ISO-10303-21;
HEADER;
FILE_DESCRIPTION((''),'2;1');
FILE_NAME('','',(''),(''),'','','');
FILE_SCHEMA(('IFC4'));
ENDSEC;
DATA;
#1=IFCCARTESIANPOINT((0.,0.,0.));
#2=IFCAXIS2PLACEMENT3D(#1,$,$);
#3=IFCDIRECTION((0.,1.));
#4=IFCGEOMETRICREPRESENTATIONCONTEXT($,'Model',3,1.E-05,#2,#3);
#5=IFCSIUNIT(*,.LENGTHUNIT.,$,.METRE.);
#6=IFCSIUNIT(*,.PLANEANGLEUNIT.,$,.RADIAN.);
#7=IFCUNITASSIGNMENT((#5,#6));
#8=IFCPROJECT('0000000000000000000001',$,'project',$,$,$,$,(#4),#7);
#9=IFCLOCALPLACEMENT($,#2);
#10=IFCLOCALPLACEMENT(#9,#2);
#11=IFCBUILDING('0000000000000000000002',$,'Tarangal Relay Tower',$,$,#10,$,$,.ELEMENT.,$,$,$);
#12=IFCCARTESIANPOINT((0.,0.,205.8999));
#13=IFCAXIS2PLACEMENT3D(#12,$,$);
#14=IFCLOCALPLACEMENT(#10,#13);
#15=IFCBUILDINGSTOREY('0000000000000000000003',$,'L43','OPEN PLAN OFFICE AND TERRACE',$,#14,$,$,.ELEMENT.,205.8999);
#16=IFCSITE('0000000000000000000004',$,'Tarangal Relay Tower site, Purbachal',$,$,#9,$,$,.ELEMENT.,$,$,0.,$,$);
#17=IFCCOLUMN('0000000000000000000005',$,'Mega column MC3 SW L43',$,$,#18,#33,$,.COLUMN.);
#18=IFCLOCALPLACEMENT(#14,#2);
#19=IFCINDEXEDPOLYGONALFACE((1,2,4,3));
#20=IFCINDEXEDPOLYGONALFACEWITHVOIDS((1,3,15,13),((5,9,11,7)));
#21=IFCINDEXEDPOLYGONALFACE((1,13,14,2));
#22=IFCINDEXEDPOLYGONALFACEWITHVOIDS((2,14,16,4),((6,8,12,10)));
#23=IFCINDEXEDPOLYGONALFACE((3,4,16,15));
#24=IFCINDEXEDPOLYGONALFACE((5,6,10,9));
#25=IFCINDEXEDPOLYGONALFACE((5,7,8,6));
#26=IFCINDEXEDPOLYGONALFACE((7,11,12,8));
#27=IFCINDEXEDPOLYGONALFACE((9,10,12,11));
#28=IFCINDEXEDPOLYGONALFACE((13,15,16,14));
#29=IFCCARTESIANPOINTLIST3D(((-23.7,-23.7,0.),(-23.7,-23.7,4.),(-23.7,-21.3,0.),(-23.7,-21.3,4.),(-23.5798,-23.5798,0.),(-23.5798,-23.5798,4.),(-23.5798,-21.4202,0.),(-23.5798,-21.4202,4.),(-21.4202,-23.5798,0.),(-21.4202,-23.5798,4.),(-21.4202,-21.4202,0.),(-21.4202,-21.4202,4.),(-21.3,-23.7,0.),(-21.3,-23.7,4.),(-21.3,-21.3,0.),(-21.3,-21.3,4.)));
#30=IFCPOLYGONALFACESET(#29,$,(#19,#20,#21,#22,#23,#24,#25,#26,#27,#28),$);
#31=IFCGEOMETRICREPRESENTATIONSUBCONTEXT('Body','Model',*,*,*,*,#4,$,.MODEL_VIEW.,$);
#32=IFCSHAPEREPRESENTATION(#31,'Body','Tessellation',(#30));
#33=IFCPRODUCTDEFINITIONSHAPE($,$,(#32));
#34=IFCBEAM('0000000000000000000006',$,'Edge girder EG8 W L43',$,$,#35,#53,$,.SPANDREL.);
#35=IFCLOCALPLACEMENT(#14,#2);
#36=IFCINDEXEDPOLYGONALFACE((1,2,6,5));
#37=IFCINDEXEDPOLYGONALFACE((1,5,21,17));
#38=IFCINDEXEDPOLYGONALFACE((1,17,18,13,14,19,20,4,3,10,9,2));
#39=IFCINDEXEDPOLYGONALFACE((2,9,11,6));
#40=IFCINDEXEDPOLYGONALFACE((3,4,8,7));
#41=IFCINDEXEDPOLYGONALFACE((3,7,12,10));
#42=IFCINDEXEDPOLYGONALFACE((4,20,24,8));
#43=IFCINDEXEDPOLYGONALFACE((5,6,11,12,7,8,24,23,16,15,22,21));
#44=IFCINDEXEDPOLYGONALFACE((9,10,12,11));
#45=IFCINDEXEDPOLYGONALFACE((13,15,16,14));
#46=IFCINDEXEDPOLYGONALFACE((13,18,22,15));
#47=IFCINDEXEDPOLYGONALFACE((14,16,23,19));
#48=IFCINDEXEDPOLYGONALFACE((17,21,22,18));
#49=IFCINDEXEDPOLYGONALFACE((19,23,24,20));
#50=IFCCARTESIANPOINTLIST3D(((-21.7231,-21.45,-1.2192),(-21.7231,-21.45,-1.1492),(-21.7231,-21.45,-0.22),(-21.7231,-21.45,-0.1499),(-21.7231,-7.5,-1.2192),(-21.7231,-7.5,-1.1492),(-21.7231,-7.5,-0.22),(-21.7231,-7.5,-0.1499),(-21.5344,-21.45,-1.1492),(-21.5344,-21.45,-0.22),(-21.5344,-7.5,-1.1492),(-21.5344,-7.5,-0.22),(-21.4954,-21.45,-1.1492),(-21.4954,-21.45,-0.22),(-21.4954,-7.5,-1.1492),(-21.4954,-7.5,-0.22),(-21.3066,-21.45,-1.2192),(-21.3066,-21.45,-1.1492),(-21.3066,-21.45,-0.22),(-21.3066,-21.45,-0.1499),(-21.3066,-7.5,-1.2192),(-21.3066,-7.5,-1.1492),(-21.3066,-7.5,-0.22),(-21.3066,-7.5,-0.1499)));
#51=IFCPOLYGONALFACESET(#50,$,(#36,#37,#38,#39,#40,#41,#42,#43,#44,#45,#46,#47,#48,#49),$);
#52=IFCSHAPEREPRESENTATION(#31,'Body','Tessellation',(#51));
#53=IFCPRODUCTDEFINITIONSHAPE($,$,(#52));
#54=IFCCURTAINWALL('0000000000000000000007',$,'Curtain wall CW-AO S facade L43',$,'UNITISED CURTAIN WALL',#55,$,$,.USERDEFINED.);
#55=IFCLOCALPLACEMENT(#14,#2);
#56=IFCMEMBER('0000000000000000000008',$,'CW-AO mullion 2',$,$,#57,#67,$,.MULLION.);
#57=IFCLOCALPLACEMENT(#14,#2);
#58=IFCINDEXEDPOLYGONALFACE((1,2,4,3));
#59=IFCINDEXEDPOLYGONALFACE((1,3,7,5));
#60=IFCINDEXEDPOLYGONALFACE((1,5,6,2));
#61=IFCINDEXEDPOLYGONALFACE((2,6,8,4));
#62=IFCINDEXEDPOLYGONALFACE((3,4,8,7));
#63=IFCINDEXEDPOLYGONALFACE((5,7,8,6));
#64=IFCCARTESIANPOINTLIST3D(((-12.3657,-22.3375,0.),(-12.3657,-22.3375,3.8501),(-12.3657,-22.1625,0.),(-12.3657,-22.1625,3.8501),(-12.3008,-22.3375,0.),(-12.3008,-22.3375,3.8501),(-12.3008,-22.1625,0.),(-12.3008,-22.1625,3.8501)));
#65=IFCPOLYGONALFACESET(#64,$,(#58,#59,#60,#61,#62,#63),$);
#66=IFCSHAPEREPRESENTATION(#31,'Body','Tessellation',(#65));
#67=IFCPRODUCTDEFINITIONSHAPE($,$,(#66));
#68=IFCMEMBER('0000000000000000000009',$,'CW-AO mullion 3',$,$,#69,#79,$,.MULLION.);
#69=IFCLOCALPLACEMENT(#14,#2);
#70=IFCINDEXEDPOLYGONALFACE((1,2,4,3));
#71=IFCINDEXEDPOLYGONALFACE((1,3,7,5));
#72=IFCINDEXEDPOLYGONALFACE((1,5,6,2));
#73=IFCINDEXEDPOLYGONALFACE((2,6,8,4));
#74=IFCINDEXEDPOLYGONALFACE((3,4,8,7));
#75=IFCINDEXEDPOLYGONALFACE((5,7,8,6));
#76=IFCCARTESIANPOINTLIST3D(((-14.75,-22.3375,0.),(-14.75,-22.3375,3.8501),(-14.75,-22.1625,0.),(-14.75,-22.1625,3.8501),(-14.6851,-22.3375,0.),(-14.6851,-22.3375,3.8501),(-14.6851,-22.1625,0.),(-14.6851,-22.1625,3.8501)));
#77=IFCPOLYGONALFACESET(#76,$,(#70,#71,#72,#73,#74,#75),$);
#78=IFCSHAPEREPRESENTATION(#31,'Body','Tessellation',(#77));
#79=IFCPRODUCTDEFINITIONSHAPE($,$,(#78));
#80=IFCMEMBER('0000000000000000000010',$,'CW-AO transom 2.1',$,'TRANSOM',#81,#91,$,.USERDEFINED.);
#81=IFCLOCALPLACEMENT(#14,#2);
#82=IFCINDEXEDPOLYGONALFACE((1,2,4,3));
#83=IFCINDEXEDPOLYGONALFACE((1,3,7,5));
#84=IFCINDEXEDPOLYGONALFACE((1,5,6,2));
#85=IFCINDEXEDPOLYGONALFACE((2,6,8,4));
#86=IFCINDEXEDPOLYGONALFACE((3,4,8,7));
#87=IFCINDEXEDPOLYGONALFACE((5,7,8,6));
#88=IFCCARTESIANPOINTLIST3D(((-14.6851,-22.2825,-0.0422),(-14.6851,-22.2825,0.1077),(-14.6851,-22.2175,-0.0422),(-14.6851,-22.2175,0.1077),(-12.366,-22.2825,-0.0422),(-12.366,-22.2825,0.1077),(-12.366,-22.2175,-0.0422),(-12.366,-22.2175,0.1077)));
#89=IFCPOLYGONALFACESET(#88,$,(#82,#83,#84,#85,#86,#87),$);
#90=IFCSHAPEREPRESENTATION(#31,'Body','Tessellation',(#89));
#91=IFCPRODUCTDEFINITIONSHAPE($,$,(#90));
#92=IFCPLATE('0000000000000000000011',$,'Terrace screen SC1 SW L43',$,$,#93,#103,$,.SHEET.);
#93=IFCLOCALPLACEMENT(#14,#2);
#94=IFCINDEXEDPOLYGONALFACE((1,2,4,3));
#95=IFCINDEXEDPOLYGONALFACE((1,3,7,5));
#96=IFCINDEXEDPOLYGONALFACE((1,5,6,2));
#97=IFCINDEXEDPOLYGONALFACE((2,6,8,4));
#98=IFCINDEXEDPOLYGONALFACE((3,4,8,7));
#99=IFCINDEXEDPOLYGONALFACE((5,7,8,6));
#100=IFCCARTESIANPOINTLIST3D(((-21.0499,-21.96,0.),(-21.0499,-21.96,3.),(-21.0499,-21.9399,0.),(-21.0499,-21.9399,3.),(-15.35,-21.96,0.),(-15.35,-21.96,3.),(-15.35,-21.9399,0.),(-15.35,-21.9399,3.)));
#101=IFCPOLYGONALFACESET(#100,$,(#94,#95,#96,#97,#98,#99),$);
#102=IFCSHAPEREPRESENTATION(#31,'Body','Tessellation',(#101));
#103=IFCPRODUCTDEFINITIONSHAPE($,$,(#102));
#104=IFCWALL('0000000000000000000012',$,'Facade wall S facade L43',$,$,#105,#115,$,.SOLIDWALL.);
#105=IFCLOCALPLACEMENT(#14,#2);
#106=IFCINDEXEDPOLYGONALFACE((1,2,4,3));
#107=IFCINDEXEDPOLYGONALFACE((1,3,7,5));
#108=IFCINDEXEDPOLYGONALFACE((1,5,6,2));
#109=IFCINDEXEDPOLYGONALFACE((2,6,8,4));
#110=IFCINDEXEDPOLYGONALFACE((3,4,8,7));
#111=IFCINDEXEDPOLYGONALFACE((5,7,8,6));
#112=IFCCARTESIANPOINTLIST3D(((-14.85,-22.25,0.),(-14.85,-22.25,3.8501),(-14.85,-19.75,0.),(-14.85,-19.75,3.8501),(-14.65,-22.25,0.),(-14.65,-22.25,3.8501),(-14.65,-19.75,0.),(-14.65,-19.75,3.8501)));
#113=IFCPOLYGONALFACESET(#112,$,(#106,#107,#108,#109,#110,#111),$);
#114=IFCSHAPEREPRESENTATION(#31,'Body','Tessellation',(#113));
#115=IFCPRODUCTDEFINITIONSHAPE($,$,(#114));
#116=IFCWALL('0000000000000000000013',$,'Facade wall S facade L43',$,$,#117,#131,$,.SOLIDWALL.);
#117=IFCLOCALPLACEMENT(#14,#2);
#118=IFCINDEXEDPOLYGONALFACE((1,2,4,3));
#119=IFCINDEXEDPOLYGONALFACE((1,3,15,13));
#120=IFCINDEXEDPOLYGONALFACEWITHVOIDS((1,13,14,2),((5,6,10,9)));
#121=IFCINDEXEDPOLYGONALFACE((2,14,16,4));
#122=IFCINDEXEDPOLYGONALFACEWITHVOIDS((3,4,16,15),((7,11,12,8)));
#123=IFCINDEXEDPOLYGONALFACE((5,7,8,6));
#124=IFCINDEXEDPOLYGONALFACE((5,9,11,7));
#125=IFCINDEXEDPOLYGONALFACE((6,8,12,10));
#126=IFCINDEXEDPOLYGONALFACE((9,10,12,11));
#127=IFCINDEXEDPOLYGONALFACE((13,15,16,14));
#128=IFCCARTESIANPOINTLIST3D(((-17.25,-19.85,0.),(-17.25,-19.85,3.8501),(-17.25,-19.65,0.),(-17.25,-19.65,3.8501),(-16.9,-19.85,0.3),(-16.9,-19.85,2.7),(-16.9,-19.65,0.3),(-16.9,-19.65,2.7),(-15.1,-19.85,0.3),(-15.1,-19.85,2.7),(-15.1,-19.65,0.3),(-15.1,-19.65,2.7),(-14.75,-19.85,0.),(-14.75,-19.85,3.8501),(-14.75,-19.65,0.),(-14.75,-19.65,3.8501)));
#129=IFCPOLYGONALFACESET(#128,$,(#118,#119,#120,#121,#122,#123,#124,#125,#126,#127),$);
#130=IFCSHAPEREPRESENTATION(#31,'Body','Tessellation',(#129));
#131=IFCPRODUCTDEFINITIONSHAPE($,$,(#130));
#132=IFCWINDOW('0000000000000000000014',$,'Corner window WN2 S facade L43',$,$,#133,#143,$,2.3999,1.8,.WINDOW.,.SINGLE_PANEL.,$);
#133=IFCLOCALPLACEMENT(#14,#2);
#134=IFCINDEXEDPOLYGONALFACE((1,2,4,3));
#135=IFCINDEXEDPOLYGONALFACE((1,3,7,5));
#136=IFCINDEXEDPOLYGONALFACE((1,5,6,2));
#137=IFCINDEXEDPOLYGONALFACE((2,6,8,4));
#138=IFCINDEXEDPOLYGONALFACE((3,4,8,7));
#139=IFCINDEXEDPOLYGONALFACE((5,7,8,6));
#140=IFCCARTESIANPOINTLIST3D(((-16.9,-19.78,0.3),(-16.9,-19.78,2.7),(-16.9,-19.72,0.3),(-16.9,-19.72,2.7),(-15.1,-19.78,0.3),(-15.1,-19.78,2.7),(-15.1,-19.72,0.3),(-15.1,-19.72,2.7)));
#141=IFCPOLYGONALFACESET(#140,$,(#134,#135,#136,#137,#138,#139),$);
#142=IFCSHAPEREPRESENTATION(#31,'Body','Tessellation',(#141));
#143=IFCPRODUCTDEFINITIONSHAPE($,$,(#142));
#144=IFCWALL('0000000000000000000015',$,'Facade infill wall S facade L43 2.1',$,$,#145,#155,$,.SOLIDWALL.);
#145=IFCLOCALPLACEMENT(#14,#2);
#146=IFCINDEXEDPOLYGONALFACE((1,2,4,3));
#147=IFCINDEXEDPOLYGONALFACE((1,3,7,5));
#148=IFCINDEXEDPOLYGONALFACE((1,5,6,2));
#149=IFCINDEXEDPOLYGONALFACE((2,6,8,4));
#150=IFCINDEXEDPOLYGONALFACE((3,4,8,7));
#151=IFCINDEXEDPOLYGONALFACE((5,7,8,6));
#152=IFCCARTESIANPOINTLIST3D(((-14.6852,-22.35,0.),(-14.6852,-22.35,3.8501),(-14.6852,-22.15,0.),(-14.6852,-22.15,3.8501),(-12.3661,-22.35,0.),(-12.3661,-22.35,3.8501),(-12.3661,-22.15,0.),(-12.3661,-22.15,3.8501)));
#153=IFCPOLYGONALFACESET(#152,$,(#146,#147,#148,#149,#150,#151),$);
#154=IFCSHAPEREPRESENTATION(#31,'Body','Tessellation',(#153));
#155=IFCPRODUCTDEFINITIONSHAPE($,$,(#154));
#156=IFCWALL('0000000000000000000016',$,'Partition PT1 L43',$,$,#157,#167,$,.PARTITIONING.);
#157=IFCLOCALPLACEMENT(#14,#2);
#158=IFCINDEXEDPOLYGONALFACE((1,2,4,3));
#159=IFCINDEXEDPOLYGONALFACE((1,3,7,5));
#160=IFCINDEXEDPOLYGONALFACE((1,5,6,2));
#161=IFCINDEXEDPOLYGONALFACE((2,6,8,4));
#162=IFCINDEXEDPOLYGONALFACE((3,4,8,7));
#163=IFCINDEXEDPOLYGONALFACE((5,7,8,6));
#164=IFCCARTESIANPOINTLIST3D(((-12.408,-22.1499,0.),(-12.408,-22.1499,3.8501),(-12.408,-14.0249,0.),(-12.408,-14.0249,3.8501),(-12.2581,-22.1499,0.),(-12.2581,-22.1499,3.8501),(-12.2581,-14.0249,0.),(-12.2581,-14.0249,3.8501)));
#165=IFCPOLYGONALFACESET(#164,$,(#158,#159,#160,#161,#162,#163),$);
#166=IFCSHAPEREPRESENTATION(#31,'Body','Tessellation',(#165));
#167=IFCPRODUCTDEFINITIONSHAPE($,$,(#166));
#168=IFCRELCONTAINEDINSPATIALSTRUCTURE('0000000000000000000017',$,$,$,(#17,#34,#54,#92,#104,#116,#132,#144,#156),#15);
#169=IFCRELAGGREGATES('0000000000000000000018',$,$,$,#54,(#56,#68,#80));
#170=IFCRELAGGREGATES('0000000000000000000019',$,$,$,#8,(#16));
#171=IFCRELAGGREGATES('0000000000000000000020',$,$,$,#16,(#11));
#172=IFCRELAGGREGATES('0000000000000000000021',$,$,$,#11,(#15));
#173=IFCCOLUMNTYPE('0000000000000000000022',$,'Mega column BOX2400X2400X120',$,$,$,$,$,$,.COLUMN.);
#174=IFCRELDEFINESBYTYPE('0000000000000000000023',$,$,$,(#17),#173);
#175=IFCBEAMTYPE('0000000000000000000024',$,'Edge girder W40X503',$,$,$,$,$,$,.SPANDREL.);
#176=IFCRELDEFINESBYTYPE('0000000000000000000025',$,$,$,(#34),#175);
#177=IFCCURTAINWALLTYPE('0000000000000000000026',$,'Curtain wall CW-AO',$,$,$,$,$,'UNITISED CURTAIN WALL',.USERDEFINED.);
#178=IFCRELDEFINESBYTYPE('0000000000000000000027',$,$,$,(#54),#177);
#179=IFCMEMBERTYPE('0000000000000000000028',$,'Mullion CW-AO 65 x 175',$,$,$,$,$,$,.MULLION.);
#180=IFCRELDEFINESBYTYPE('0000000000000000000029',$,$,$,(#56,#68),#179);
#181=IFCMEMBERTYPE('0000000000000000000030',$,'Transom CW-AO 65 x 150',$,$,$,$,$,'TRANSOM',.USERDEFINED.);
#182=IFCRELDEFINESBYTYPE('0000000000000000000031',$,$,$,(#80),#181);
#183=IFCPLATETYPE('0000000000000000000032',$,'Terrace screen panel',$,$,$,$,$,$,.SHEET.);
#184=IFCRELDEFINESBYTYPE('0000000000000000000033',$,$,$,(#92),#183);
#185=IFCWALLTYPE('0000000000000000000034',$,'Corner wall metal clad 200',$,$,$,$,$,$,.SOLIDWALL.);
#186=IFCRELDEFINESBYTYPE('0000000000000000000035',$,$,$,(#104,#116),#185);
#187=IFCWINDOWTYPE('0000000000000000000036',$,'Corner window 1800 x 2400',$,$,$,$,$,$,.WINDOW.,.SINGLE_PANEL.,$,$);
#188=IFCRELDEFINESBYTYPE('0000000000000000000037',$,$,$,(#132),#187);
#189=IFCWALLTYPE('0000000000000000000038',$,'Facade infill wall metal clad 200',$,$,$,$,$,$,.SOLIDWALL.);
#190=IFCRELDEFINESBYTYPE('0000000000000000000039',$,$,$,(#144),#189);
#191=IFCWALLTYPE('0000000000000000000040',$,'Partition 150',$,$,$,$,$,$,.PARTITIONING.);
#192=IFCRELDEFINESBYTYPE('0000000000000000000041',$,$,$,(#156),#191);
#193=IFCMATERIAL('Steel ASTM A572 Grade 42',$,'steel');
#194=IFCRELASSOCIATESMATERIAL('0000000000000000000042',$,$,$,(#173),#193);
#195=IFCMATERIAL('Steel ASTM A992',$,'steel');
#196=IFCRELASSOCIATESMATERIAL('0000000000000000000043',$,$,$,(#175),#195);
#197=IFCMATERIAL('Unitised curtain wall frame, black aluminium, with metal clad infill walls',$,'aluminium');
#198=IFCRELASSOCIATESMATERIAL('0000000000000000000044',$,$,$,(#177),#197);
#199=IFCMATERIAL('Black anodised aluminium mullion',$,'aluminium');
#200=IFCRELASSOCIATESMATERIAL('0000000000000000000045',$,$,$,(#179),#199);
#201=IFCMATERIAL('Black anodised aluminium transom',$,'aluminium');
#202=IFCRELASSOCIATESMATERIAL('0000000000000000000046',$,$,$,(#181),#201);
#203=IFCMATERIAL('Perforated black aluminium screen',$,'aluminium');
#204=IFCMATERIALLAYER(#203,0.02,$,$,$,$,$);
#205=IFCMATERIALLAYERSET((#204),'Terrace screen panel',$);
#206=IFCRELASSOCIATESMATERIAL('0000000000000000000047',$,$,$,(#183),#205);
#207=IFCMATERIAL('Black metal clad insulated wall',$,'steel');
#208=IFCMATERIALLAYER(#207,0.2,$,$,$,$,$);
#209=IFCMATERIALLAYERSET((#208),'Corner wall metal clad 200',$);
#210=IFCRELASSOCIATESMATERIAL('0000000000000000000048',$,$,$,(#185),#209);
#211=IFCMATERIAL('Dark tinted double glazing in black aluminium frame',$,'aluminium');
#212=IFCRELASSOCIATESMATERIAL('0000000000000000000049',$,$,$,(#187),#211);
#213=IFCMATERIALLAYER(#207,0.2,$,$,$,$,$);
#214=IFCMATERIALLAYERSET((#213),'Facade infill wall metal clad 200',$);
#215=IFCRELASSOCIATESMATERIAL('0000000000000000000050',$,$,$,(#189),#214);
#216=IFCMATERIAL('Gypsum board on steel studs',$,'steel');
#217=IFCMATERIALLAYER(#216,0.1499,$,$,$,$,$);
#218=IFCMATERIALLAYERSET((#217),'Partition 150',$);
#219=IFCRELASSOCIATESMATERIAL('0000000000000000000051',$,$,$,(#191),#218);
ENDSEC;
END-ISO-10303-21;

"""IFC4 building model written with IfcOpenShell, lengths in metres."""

from ifc_helpers import new_model, si_unit, direction, frame, frame_2d, origin, origin_2d, place, context, subcontext, project, spatial, rectangle, hollow_rectangle, i_section, extrude, material, layer, layer_set, material_profile, profile_set, type_object, element, fill, aggregate, save


model = new_model("IFC4")

# Units and contexts
model_context = context("Model", 3, precision=1e-05, world=origin(), true_north=direction((0.0, 1.0)))
body_context = subcontext(model_context, "Body", "Model", "MODEL_VIEW")
ifc_project = project(units=[si_unit("LENGTHUNIT", "METRE"), si_unit("PLANEANGLEUNIT", "RADIAN")], contexts=[model_context])

# Site, building, storey
site_placement = place(None, origin())
site = spatial("IfcSite", under=ifc_project, at=site_placement, Name="Tarangal Relay Tower site, Purbachal", CompositionType="ELEMENT", RefElevation=0.0)
building_placement = place(site_placement, origin())
building = spatial("IfcBuilding", under=site, at=building_placement, Name="Tarangal Relay Tower", CompositionType="ELEMENT")
storey_placement = place(building_placement, frame((0.0, 0.0, 205.8999)))
storey = spatial("IfcBuildingStorey", under=building, at=storey_placement, Name="L43", Description="OPEN PLAN OFFICE AND TERRACE", CompositionType="ELEMENT", Elevation=205.8999)

# Column
ifc_material_1 = material(Name="Steel ASTM A572 Grade 42", Category="steel")
ifc_material_profile_1 = material_profile(ifc_material_1, hollow_rectangle(XDim=2.3999, YDim=2.3999, WallThickness=0.1201, at=origin_2d()), Name="BOX2400X2400X120")
ifc_profile_set_1 = profile_set([ifc_material_profile_1], Name="Steel ASTM A572 Grade 42")
column_type = type_object("IfcColumnType", Name="Mega column BOX2400X2400X120", PredefinedType="COLUMN", material=ifc_profile_set_1)
column_placement = place(storey_placement, frame((-22.5, -22.5, 0.0), z_axis=(0.0, 0.0, 1.0), x_axis=(1.0, 0.0, 0.0)))
element("IfcColumn", 1, at=column_placement, inside=storey, type_object=column_type, Name="Mega column MC3 SW L43", PredefinedType="COLUMN", context=body_context, shape_type="SweptSolid", body=[
    extrude(hollow_rectangle(XDim=2.3999, YDim=2.3999, WallThickness=0.1201, at=origin_2d()), origin(), (0.0, 0.0, 1.0), 4.0),
])

# Beam
ifc_material_2 = material(Name="Steel ASTM A992", Category="steel")
ifc_material_profile_2 = material_profile(ifc_material_2, i_section(OverallWidth=0.4165, OverallDepth=1.0693, WebThickness=0.0391, FlangeThickness=0.0701, at=origin_2d()), Name="W40X503")
ifc_profile_set_2 = profile_set([ifc_material_profile_2], Name="Steel ASTM A992")
beam_type = type_object("IfcBeamType", Name="Edge girder W40X503", PredefinedType="SPANDREL", material=ifc_profile_set_2)
beam_placement = place(storey_placement, frame((-21.5149, -21.45, -0.6846), z_axis=(0.0, 1.0, 0.0), x_axis=(-1.0, 0.0, 0.0)))
element("IfcBeam", 2, at=beam_placement, inside=storey, type_object=beam_type, Name="Edge girder EG8 W L43", PredefinedType="SPANDREL", context=body_context, shape_type="SweptSolid", body=[
    extrude(i_section(OverallWidth=0.4165, OverallDepth=1.0693, WebThickness=0.0391, FlangeThickness=0.0701, at=origin_2d()), origin(), (0.0, 0.0, 1.0), 13.95),
])

# Curtain wall, members
ifc_material_3 = material(Name="Unitised curtain wall frame, black aluminium, with metal clad infill walls", Category="aluminium")
curtain_wall_type = type_object("IfcCurtainWallType", Name="Curtain wall CW-AO", ElementType="UNITISED CURTAIN WALL", PredefinedType="USERDEFINED", material=ifc_material_3)
curtain_wall_placement = place(storey_placement, origin())
curtain_wall = element("IfcCurtainWall", 3, at=curtain_wall_placement, inside=storey, type_object=curtain_wall_type, Name="Curtain wall CW-AO S facade L43", ObjectType="UNITISED CURTAIN WALL", PredefinedType="USERDEFINED")
ifc_material_4 = material(Name="Black anodised aluminium mullion", Category="aluminium")
ifc_material_profile_3 = material_profile(ifc_material_4, rectangle(XDim=0.175, YDim=0.0649, at=origin_2d()), Name="CW-AOM 65X175")
ifc_profile_set_3 = profile_set([ifc_material_profile_3], Name="Black anodised aluminium mullion")
member_type_1 = type_object("IfcMemberType", Name="Mullion CW-AO 65 x 175", PredefinedType="MULLION", material=ifc_profile_set_3)
member_1_placement = place(storey_placement, frame((-12.3333, -22.25, 0.0), z_axis=(0.0, 0.0, 1.0), x_axis=(0.0, -1.0, 0.0)))
member_1 = element("IfcMember", 4, at=member_1_placement, type_object=member_type_1, Name="CW-AO mullion 2", PredefinedType="MULLION", context=body_context, shape_type="SweptSolid", body=[
    extrude(rectangle(XDim=0.175, YDim=0.0649, at=origin_2d()), origin(), (0.0, 0.0, 1.0), 3.8501),
])
member_2_placement = place(storey_placement, frame((-14.7175, -22.25, 0.0), z_axis=(0.0, 0.0, 1.0), x_axis=(0.0, -1.0, 0.0)))
member_2 = element("IfcMember", 5, at=member_2_placement, type_object=member_type_1, Name="CW-AO mullion 3", PredefinedType="MULLION", context=body_context, shape_type="SweptSolid", body=[
    extrude(rectangle(XDim=0.175, YDim=0.0649, at=origin_2d()), origin(), (0.0, 0.0, 1.0), 3.8501),
])
ifc_material_5 = material(Name="Black anodised aluminium transom", Category="aluminium")
ifc_material_profile_4 = material_profile(ifc_material_5, rectangle(XDim=0.0649, YDim=0.1499, at=origin_2d()), Name="CW-AOT 65X150")
ifc_profile_set_4 = profile_set([ifc_material_profile_4], Name="Black anodised aluminium transom")
member_type_2 = type_object("IfcMemberType", Name="Transom CW-AO 65 x 150", ElementType="TRANSOM", PredefinedType="USERDEFINED", material=ifc_profile_set_4)
member_3_placement = place(storey_placement, frame((-12.366, -22.25, 0.0327), z_axis=(-1.0, 0.0, 0.0), x_axis=(0.0, -1.0, 0.0)))
member_3 = element("IfcMember", 6, at=member_3_placement, type_object=member_type_2, Name="CW-AO transom 2.1", ObjectType="TRANSOM", PredefinedType="USERDEFINED", context=body_context, shape_type="SweptSolid", body=[
    extrude(rectangle(XDim=0.0649, YDim=0.1499, at=origin_2d()), origin(), (0.0, 0.0, 1.0), 2.3191),
])
aggregate(curtain_wall, [member_1, member_2, member_3])

# Plate
ifc_material_6 = material(Name="Perforated black aluminium screen", Category="aluminium")
ifc_layer_1 = layer(ifc_material_6, 0.02)
ifc_layer_set_1 = layer_set([ifc_layer_1], Name="Terrace screen panel")
plate_type = type_object("IfcPlateType", Name="Terrace screen panel", PredefinedType="SHEET", material=ifc_layer_set_1)
plate_placement = place(storey_placement, frame((-18.2, -21.95, 0.0), z_axis=(0.0, 0.0, 1.0), x_axis=(-1.0, 0.0, 0.0)))
element("IfcPlate", 7, at=plate_placement, inside=storey, type_object=plate_type, Name="Terrace screen SC1 SW L43", PredefinedType="SHEET", context=body_context, shape_type="SweptSolid", body=[
    extrude(rectangle(XDim=5.7, YDim=0.02, at=origin_2d()), origin(), (0.0, 0.0, 1.0), 3.0),
])

# Wall
ifc_material_7 = material(Name="Black metal clad insulated wall", Category="steel")
ifc_layer_2 = layer(ifc_material_7, 0.2)
ifc_layer_set_2 = layer_set([ifc_layer_2], Name="Corner wall metal clad 200")
wall_type_1 = type_object("IfcWallType", Name="Corner wall metal clad 200", PredefinedType="SOLIDWALL", material=ifc_layer_set_2)
wall_1_placement = place(storey_placement, frame((-14.75, -22.25, 0.0), z_axis=(0.0, 0.0, 1.0), x_axis=(0.0, 1.0, 0.0)))
element("IfcWall", 8, at=wall_1_placement, inside=storey, type_object=wall_type_1, Name="Facade wall S facade L43", PredefinedType="SOLIDWALL", context=body_context, shape_type="SweptSolid", body=[
    extrude(rectangle(XDim=2.5, YDim=0.2, at=frame_2d((1.25, 0.0))), origin(), (0.0, 0.0, 1.0), 3.8501),
])

# Wall, opening, window
wall_2_placement = place(storey_placement, frame((-14.75, -19.75, 0.0), z_axis=(0.0, 0.0, 1.0), x_axis=(-1.0, 0.0, 0.0)))
wall_2 = element("IfcWall", 9, at=wall_2_placement, inside=storey, type_object=wall_type_1, Name="Facade wall S facade L43", PredefinedType="SOLIDWALL", context=body_context, shape_type="SweptSolid", body=[
    extrude(rectangle(XDim=2.5, YDim=0.2, at=frame_2d((1.25, 0.0))), origin(), (0.0, 0.0, 1.0), 3.8501),
])
opening_1_placement = place(wall_2_placement, frame((0.3501, 0.0, 0.3)))
opening_1 = element("IfcOpeningElement", 10, at=opening_1_placement, cuts=wall_2, PredefinedType="OPENING", context=body_context, shape_type="SweptSolid", body=[
    extrude(rectangle(XDim=1.8, YDim=2.3999, at=frame_2d((0.8999, 1.2))), frame((0.0, 0.1099, 0.0), z_axis=(0.0, -1.0, 0.0), x_axis=(1.0, 0.0, 0.0)), (0.0, 0.0, 1.0), 0.22),
])
ifc_material_8 = material(Name="Dark tinted double glazing in black aluminium frame", Category="aluminium")
window_type = type_object("IfcWindowType", Name="Corner window 1800 x 2400", PartitioningType="SINGLE_PANEL", PredefinedType="WINDOW", material=ifc_material_8)
window_placement = place(opening_1_placement, origin())
window = element("IfcWindow", 11, at=window_placement, inside=storey, type_object=window_type, Name="Corner window WN2 S facade L43", OverallHeight=2.3999, OverallWidth=1.8, PartitioningType="SINGLE_PANEL", PredefinedType="WINDOW", context=body_context, shape_type="SweptSolid", body=[
    extrude(rectangle(XDim=1.8, YDim=2.3999, at=frame_2d((0.8999, 1.2))), frame((0.0, 0.03, 0.0), z_axis=(0.0, -1.0, 0.0), x_axis=(1.0, 0.0, 0.0)), (0.0, 0.0, 1.0), 0.0601),
])
fill(opening_1, window)

# Walls
ifc_layer_3 = layer(ifc_material_7, 0.2)
ifc_layer_set_3 = layer_set([ifc_layer_3], Name="Facade infill wall metal clad 200")
wall_type_2 = type_object("IfcWallType", Name="Facade infill wall metal clad 200", PredefinedType="SOLIDWALL", material=ifc_layer_set_3)
wall_3_placement = place(storey_placement, frame((-12.366, -22.25, 0.0), z_axis=(0.0, 0.0, 1.0), x_axis=(-1.0, 0.0, 0.0)))
element("IfcWall", 12, at=wall_3_placement, inside=storey, type_object=wall_type_2, Name="Facade infill wall S facade L43 2.1", PredefinedType="SOLIDWALL", context=body_context, shape_type="SweptSolid", body=[
    extrude(rectangle(XDim=2.3191, YDim=0.2, at=frame_2d((1.1597, 0.0))), origin(), (0.0, 0.0, 1.0), 3.8501),
])
ifc_material_9 = material(Name="Gypsum board on steel studs", Category="steel")
ifc_layer_4 = layer(ifc_material_9, 0.1499)
ifc_layer_set_4 = layer_set([ifc_layer_4], Name="Partition 150")
wall_type_3 = type_object("IfcWallType", Name="Partition 150", PredefinedType="PARTITIONING", material=ifc_layer_set_4)
wall_4_placement = place(storey_placement, frame((-12.333, -22.1499, 0.0), z_axis=(0.0, 0.0, 1.0), x_axis=(0.0, 1.0, 0.0)))
element("IfcWall", 13, at=wall_4_placement, inside=storey, type_object=wall_type_3, Name="Partition PT1 L43", PredefinedType="PARTITIONING", context=body_context, shape_type="SweptSolid", body=[
    extrude(rectangle(XDim=8.125, YDim=0.1499, at=frame_2d((4.0625, 0.0))), origin(), (0.0, 0.0, 1.0), 3.8501),
])

save(model, "model.ifc")
